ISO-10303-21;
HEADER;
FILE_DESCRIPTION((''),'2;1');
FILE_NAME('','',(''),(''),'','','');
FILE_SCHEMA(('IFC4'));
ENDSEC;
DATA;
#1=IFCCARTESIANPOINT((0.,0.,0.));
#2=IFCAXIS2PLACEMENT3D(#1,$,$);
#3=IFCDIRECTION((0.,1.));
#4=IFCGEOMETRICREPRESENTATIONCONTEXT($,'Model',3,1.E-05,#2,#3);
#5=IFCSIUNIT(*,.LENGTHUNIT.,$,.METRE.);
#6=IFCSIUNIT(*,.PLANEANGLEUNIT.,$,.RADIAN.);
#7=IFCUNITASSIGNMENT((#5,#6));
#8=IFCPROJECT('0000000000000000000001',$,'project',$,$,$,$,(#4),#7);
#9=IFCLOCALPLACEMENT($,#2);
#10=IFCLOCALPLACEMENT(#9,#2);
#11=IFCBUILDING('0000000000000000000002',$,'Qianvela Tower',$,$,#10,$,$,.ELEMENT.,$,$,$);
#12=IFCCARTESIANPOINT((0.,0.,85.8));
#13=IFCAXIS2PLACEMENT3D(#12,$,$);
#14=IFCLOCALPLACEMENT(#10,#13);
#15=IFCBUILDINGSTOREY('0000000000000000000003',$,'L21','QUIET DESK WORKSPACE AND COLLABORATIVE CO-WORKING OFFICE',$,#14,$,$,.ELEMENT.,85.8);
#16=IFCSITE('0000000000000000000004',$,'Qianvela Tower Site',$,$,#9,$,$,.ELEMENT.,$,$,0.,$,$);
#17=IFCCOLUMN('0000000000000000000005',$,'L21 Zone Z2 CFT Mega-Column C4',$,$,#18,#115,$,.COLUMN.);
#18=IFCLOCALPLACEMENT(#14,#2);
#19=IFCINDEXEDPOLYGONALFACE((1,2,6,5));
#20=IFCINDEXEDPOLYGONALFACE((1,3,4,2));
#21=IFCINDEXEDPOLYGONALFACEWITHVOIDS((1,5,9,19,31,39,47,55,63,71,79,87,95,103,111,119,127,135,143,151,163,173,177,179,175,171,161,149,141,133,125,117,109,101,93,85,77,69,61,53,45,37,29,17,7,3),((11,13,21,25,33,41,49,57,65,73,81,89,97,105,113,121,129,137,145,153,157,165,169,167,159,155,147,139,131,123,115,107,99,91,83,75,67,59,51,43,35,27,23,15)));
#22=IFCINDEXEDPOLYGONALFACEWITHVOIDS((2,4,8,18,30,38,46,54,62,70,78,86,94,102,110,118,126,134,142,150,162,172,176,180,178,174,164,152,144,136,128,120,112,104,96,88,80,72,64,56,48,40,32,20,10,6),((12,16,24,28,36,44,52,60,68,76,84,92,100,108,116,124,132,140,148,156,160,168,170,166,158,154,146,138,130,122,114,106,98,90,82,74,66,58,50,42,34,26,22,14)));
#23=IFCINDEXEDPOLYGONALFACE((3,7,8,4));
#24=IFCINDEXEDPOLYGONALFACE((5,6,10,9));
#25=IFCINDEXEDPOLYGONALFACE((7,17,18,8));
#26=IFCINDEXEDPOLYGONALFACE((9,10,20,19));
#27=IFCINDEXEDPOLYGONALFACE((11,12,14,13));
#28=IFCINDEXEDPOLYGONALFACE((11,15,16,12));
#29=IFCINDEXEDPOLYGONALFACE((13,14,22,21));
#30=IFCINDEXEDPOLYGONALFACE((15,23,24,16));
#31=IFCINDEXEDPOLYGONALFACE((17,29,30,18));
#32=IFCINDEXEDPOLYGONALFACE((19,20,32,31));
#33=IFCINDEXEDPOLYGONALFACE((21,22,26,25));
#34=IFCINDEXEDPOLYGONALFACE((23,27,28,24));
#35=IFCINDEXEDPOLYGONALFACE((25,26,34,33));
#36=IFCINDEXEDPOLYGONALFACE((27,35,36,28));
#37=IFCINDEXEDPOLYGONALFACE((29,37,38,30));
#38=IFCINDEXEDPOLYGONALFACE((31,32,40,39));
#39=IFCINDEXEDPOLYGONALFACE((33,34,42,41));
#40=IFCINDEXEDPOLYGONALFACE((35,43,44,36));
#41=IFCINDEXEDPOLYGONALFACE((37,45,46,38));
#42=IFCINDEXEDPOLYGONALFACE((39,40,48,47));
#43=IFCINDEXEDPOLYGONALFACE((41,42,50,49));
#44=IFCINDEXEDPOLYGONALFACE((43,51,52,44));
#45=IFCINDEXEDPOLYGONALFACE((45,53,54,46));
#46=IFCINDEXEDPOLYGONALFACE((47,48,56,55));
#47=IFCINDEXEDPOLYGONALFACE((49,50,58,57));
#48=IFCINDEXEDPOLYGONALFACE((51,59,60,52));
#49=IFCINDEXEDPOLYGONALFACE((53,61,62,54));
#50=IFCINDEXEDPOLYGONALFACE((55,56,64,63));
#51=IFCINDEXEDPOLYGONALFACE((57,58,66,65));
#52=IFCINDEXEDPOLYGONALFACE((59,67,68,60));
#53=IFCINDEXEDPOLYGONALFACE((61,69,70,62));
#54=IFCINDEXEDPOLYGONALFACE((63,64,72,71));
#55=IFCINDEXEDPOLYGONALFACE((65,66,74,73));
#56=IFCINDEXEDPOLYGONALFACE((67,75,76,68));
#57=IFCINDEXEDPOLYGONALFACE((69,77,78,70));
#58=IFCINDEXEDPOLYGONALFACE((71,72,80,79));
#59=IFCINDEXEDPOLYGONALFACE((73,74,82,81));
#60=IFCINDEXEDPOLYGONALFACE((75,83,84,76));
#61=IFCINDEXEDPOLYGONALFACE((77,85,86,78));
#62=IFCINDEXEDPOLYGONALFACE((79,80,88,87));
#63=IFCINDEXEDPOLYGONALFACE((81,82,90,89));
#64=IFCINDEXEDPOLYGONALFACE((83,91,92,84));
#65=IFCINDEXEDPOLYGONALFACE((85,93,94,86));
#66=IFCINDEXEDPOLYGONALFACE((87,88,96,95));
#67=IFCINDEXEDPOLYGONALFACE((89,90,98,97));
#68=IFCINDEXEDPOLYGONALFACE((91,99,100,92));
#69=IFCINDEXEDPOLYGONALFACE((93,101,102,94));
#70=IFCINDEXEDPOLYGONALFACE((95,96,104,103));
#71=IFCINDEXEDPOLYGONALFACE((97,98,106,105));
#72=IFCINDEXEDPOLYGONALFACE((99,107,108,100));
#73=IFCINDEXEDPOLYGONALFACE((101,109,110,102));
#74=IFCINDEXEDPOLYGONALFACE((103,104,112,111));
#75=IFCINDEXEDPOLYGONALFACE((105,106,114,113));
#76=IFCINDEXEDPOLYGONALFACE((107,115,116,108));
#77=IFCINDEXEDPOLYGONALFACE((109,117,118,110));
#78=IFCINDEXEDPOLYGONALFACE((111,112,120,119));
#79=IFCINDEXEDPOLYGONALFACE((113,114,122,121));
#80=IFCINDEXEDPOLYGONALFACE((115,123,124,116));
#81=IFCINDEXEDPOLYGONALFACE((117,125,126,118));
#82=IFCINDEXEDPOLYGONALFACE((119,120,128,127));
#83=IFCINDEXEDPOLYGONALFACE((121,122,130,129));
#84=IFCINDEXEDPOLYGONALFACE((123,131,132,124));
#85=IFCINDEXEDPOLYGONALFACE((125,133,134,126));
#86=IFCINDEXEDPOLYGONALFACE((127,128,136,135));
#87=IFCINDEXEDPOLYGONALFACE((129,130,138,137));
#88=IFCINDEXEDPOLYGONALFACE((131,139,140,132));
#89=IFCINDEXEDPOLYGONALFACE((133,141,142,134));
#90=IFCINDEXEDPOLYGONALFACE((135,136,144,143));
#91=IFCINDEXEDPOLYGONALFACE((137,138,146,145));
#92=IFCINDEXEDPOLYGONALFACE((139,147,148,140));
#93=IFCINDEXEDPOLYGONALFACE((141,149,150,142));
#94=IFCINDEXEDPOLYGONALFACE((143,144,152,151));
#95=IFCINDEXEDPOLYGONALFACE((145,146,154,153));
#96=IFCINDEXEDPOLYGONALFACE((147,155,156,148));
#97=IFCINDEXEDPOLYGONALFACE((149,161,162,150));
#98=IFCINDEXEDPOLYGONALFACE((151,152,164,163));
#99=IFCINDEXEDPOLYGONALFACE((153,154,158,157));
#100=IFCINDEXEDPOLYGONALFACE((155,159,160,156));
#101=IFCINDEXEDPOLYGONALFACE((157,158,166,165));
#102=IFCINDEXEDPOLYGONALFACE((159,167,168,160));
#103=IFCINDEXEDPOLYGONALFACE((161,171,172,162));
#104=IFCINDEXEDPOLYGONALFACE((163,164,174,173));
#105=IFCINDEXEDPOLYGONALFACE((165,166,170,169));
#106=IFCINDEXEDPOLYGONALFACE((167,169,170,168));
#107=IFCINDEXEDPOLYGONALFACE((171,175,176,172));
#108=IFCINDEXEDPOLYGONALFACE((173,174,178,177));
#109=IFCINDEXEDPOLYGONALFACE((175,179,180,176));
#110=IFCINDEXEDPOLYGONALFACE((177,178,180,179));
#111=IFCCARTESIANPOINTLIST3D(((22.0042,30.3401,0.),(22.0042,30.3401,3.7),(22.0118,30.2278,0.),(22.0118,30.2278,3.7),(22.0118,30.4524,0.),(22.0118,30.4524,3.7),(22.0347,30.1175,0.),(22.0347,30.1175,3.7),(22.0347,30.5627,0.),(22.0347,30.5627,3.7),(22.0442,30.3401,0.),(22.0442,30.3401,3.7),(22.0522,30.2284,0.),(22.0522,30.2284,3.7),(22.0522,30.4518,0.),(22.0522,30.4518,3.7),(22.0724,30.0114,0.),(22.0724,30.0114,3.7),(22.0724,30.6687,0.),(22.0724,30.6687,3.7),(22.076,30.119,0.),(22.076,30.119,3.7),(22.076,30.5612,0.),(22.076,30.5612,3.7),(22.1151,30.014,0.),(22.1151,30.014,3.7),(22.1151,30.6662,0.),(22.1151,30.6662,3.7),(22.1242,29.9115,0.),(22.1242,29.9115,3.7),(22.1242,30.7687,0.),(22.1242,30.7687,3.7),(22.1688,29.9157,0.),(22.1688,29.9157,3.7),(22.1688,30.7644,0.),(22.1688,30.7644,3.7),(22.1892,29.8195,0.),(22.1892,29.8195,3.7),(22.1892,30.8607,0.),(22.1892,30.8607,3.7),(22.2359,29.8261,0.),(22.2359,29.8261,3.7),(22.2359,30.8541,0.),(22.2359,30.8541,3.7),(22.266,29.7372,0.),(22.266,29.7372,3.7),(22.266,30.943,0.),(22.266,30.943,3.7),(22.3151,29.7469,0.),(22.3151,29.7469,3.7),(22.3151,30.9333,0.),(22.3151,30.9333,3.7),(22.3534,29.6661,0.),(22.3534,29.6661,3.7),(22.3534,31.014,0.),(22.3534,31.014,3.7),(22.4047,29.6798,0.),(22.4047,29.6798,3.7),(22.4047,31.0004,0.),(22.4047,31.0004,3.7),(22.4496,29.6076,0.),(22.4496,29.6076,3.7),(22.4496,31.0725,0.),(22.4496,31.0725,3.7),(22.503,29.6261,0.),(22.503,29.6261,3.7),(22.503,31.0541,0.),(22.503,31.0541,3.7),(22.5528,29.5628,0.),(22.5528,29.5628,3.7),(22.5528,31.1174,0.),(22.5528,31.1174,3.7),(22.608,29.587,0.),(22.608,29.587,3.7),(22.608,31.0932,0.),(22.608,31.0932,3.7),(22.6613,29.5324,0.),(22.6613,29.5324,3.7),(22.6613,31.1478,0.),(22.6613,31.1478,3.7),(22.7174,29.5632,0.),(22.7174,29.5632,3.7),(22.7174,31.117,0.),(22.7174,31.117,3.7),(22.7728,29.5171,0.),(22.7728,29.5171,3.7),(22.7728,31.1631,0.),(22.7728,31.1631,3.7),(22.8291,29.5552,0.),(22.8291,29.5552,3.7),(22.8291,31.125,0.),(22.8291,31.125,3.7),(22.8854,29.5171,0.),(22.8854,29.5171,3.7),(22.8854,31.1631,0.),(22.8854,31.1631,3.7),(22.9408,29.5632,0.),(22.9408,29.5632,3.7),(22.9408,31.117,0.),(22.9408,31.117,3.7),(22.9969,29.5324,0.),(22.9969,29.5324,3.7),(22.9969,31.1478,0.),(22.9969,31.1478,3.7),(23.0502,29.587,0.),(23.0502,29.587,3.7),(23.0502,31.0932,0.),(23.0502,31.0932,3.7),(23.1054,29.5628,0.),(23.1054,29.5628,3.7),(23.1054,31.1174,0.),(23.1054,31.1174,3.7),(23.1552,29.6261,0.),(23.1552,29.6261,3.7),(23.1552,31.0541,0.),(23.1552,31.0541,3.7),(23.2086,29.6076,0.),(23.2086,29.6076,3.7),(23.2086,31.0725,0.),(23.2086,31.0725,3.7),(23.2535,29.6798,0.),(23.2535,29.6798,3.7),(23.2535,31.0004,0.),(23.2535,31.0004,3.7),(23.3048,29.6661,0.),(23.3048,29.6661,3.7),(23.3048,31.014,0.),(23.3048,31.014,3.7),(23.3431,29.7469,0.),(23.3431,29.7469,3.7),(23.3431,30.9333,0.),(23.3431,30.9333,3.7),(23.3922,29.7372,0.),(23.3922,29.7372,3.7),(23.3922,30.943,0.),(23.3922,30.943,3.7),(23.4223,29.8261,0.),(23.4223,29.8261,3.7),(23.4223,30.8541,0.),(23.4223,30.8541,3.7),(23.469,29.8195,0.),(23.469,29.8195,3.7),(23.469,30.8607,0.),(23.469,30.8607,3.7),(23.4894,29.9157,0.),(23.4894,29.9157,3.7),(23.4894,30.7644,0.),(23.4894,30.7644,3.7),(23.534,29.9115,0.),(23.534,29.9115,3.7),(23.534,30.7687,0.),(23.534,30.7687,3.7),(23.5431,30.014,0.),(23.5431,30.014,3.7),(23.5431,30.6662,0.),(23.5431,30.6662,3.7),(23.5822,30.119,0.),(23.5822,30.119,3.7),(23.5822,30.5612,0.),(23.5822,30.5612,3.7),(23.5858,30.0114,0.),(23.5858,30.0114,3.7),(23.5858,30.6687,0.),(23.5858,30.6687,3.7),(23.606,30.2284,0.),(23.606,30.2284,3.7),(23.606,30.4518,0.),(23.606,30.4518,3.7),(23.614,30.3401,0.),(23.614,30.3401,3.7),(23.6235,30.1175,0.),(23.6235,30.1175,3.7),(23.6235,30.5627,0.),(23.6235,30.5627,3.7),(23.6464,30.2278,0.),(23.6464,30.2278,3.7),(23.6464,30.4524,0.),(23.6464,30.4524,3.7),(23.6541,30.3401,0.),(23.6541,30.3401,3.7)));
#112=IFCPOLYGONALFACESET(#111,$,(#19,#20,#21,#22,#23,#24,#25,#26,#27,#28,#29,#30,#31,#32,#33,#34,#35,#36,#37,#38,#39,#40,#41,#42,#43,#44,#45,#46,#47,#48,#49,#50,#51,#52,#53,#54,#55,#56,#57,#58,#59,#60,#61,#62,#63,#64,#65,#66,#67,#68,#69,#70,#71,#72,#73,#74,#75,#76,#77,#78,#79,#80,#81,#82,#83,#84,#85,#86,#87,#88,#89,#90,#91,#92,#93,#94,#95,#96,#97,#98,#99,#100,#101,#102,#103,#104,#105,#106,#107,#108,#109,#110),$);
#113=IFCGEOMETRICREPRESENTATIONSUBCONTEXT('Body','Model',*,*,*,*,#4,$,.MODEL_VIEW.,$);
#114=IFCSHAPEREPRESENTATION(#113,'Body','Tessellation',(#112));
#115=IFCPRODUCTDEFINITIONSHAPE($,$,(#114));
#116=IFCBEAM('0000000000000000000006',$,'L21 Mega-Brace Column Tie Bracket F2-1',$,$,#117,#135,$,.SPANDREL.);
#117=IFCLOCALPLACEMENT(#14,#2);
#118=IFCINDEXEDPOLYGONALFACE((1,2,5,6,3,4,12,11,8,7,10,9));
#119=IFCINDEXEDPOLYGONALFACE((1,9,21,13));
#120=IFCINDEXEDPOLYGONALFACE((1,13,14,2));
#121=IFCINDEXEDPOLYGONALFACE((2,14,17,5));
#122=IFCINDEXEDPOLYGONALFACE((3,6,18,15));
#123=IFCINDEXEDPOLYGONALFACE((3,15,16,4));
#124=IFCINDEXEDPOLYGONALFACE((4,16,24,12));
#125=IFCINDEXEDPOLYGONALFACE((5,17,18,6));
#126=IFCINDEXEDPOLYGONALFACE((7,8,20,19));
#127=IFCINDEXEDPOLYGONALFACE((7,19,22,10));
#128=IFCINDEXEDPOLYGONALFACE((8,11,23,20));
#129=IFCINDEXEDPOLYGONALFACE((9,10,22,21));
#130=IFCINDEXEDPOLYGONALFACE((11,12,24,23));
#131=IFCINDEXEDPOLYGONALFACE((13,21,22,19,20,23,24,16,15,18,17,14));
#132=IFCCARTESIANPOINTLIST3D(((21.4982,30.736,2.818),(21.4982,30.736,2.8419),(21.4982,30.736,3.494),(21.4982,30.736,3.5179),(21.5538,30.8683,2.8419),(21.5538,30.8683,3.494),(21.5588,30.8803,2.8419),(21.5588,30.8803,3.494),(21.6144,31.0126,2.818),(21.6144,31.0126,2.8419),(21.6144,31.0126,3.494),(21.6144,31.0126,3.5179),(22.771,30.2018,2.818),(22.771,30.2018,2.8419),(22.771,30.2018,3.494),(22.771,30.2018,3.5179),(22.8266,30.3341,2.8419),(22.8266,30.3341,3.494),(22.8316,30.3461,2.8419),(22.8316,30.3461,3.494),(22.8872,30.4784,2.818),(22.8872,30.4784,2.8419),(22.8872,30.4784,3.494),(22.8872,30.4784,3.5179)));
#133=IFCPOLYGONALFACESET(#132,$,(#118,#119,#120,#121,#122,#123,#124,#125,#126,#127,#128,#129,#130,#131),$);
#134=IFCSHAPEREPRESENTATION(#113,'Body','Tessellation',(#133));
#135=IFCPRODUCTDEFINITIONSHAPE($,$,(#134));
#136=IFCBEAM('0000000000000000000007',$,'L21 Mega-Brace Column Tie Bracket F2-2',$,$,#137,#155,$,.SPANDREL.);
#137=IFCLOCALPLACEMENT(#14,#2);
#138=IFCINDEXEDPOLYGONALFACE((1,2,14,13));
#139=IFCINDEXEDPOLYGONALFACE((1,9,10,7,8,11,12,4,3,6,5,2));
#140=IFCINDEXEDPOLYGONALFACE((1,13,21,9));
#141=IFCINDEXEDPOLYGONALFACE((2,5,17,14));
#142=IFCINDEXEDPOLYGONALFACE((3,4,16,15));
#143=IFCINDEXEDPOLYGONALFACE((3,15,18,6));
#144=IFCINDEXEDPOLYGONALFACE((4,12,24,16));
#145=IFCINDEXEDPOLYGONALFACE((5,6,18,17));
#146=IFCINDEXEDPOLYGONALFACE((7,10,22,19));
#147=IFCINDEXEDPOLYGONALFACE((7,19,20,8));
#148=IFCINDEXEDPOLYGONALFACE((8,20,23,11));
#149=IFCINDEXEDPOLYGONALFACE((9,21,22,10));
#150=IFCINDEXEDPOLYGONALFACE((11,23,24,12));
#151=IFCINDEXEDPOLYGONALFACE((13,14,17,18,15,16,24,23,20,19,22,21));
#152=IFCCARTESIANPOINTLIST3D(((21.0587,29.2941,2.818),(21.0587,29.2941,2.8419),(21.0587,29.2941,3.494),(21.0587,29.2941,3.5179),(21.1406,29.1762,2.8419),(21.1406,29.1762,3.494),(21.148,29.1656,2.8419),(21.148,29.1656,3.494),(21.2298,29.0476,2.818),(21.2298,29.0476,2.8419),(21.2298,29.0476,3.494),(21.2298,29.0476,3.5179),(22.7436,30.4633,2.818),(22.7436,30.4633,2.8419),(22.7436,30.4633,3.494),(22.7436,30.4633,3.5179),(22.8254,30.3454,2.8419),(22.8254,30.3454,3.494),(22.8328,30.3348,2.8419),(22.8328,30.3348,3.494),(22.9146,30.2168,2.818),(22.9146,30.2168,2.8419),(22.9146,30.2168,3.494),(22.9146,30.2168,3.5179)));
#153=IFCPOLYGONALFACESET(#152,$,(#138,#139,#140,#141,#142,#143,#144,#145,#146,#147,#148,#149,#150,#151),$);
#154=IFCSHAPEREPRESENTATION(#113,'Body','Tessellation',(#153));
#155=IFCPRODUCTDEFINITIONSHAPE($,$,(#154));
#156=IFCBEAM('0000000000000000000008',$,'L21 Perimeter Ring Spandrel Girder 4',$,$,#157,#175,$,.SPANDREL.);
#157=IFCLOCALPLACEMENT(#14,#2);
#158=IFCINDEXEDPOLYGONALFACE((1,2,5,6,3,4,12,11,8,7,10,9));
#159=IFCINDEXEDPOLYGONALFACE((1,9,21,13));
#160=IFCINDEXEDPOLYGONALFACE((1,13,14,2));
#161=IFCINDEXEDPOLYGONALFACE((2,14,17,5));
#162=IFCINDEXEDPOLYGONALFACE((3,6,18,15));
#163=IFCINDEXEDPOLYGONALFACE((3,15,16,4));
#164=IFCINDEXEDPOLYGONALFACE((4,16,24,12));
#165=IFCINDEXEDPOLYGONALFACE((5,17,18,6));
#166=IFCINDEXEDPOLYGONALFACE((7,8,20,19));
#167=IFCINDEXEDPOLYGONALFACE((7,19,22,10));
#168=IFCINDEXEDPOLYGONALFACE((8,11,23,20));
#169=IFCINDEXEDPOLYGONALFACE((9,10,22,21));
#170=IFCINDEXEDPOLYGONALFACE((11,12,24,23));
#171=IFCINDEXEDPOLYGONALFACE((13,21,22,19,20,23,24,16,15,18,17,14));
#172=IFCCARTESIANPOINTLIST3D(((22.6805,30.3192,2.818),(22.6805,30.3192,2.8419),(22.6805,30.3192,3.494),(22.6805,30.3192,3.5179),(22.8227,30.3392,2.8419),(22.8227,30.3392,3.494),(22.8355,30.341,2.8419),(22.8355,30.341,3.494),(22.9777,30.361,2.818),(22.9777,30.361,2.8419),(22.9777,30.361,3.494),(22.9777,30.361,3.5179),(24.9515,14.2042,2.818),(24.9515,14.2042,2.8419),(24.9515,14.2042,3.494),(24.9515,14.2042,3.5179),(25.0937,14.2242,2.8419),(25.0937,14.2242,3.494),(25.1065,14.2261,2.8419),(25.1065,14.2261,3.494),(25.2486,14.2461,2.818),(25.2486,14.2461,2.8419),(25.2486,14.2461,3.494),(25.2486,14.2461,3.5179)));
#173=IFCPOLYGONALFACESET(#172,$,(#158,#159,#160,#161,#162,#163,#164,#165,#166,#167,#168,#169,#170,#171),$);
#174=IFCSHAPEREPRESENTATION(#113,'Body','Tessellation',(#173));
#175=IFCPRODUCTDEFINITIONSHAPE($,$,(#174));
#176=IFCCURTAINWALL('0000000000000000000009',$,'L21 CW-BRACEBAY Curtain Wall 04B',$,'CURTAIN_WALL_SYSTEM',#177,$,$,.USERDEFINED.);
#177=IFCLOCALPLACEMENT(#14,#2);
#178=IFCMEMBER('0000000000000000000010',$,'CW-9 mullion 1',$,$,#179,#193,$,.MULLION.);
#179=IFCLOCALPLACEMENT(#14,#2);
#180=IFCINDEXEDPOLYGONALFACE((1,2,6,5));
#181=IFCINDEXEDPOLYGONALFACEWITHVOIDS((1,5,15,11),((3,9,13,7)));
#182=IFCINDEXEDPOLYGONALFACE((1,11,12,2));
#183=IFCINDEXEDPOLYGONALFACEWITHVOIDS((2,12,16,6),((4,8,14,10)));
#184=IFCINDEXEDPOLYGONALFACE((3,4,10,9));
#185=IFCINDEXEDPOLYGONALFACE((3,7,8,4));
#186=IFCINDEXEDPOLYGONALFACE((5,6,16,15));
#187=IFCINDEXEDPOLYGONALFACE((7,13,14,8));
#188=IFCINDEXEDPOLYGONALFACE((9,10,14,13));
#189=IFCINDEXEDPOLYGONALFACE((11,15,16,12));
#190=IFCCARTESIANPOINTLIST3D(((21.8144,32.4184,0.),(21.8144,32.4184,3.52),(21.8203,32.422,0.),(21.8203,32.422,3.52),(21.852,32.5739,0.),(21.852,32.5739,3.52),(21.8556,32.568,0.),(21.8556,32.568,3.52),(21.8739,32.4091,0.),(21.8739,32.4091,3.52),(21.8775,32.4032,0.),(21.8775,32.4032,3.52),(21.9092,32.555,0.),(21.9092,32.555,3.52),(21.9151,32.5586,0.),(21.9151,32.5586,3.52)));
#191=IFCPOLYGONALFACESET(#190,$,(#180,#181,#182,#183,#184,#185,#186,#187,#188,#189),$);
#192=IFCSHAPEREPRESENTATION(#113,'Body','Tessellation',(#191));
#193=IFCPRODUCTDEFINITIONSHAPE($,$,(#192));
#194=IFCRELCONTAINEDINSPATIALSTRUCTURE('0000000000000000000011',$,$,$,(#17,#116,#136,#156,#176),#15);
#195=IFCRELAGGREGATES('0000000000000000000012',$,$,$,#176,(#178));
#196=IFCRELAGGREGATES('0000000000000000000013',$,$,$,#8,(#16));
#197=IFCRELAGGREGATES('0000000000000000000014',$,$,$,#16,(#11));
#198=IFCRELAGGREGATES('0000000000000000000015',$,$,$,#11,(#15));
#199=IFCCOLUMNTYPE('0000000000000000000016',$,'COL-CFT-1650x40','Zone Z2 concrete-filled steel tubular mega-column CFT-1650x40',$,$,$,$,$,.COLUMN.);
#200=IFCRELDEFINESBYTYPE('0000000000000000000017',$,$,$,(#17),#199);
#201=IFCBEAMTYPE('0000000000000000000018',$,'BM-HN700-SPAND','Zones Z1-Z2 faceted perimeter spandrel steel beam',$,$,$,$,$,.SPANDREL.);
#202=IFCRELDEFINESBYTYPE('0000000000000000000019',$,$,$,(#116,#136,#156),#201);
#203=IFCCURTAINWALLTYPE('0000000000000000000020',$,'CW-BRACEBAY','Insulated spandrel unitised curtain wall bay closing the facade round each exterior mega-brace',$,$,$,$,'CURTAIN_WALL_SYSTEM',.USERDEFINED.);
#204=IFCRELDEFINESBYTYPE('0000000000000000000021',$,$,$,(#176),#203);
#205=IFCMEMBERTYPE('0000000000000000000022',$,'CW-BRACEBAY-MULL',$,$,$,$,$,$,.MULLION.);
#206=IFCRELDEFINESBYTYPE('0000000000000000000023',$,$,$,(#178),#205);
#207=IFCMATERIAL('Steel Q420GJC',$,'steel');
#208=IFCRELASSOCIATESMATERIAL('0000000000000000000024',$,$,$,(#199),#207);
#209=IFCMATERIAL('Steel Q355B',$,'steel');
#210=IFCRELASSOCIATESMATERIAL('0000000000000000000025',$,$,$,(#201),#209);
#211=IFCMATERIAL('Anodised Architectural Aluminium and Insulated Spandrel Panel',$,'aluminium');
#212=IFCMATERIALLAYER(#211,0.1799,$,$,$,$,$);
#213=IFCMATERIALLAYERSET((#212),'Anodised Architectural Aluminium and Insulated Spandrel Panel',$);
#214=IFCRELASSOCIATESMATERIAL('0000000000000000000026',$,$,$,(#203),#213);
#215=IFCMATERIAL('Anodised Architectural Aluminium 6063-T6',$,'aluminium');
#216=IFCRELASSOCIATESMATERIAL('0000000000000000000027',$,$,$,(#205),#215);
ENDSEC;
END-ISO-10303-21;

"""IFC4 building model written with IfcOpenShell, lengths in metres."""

from ifc_helpers import new_model, si_unit, direction, frame, origin, origin_2d, place, context, subcontext, project, spatial, hollow_rectangle, hollow_circle, i_section, extrude, material, layer, layer_set, material_profile, profile_set, type_object, element, aggregate, save


model = new_model("IFC4")

# Units and contexts
model_context = context("Model", 3, precision=1e-05, world=origin(), true_north=direction((0.0, 1.0)))
body_context = subcontext(model_context, "Body", "Model", "MODEL_VIEW")
ifc_project = project(units=[si_unit("LENGTHUNIT", "METRE"), si_unit("PLANEANGLEUNIT", "RADIAN")], contexts=[model_context])

# Site, building, storey
site_placement = place(None, origin())
site = spatial("IfcSite", under=ifc_project, at=site_placement, Name="Qianvela Tower Site", CompositionType="ELEMENT", RefElevation=0.0)
building_placement = place(site_placement, origin())
building = spatial("IfcBuilding", under=site, at=building_placement, Name="Qianvela Tower", CompositionType="ELEMENT")
storey_placement = place(building_placement, frame((0.0, 0.0, 85.8)))
storey = spatial("IfcBuildingStorey", under=building, at=storey_placement, Name="L21", Description="QUIET DESK WORKSPACE AND COLLABORATIVE CO-WORKING OFFICE", CompositionType="ELEMENT", Elevation=85.8)

# Column
ifc_material_1 = material(Name="Steel Q420GJC", Category="steel")
ifc_material_profile_1 = material_profile(ifc_material_1, hollow_circle(Radius=0.825, WallThickness=0.04, at=origin_2d()), Name="CFT-1650x40")
ifc_profile_set_1 = profile_set([ifc_material_profile_1], Name="Steel Q420GJC")
column_type = type_object("IfcColumnType", Name="COL-CFT-1650x40", Description="Zone Z2 concrete-filled steel tubular mega-column CFT-1650x40", PredefinedType="COLUMN", material=ifc_profile_set_1)
column_placement = place(storey_placement, frame((22.8291, 30.3401, 0.0), z_axis=(0.0, 0.0, 1.0), x_axis=(1.0, 0.0, 0.0)))
element("IfcColumn", 1, at=column_placement, inside=storey, type_object=column_type, Name="L21 Zone Z2 CFT Mega-Column C4", PredefinedType="COLUMN", context=body_context, shape_type="SweptSolid", body=[
    extrude(hollow_circle(Radius=0.825, WallThickness=0.04, at=origin_2d()), origin(), (0.0, 0.0, 1.0), 3.7),
])

# Beams
ifc_material_2 = material(Name="Steel Q355B", Category="steel")
ifc_material_profile_2 = material_profile(ifc_material_2, i_section(OverallWidth=0.3, OverallDepth=0.7, WebThickness=0.0129, FlangeThickness=0.0239, at=origin_2d()), Name="HN700x300x13x24")
ifc_profile_set_2 = profile_set([ifc_material_profile_2], Name="Steel Q355B")
beam_type = type_object("IfcBeamType", Name="BM-HN700-SPAND", Description="Zones Z1-Z2 faceted perimeter spandrel steel beam", PredefinedType="SPANDREL", material=ifc_profile_set_2)
beam_1_placement = place(storey_placement, frame((22.8291, 30.3401, 3.168), z_axis=(-0.922074, 0.387013, 0.0), x_axis=(-0.387013, -0.922074, 0.0)))
element("IfcBeam", 2, at=beam_1_placement, inside=storey, type_object=beam_type, Name="L21 Mega-Brace Column Tie Bracket F2-1", PredefinedType="SPANDREL", context=body_context, shape_type="SweptSolid", body=[
    extrude(i_section(OverallWidth=0.3, OverallDepth=0.7, WebThickness=0.0129, FlangeThickness=0.0239, at=origin_2d()), origin(), (0.0, 0.0, 1.0), 1.3804),
])
beam_2_placement = place(storey_placement, frame((22.8291, 30.3401, 3.168), z_axis=(-0.821557, -0.570126, 0.0), x_axis=(0.570126, -0.821557, 0.0)))
element("IfcBeam", 3, at=beam_2_placement, inside=storey, type_object=beam_type, Name="L21 Mega-Brace Column Tie Bracket F2-2", PredefinedType="SPANDREL", context=body_context, shape_type="SweptSolid", body=[
    extrude(i_section(OverallWidth=0.3, OverallDepth=0.7, WebThickness=0.0129, FlangeThickness=0.0239, at=origin_2d()), origin(), (0.0, 0.0, 1.0), 2.0508),
])
beam_3_placement = place(storey_placement, frame((22.8291, 30.3401, 3.168), z_axis=(0.139546, -0.990216, 0.0), x_axis=(0.990216, 0.139546, 0.0)))
element("IfcBeam", 4, at=beam_3_placement, inside=storey, type_object=beam_type, Name="L21 Perimeter Ring Spandrel Girder 4", PredefinedType="SPANDREL", context=body_context, shape_type="SweptSolid", body=[
    extrude(i_section(OverallWidth=0.3, OverallDepth=0.7, WebThickness=0.0129, FlangeThickness=0.0239, at=origin_2d()), origin(), (0.0, 0.0, 1.0), 16.2742),
])

# Curtain wall, member
ifc_material_3 = material(Name="Anodised Architectural Aluminium and Insulated Spandrel Panel", Category="aluminium")
ifc_layer_1 = layer(ifc_material_3, 0.1799)
ifc_layer_set_1 = layer_set([ifc_layer_1], Name="Anodised Architectural Aluminium and Insulated Spandrel Panel")
curtain_wall_type_1 = type_object("IfcCurtainWallType", Name="CW-BRACEBAY", Description="Insulated spandrel unitised curtain wall bay closing the facade round each exterior mega-brace", ElementType="CURTAIN_WALL_SYSTEM", PredefinedType="USERDEFINED", material=ifc_layer_set_1)
curtain_wall_1_placement = place(storey_placement, origin())
curtain_wall_1 = element("IfcCurtainWall", 5, at=curtain_wall_1_placement, inside=storey, type_object=curtain_wall_type_1, Name="L21 CW-BRACEBAY Curtain Wall 04B", ObjectType="CURTAIN_WALL_SYSTEM", PredefinedType="USERDEFINED")
ifc_material_4 = material(Name="Anodised Architectural Aluminium 6063-T6", Category="aluminium")
ifc_material_profile_3 = material_profile(ifc_material_4, hollow_rectangle(XDim=0.0649, YDim=0.1599, WallThickness=0.0049, at=origin_2d()), Name="ALU-MULL-65x160")
ifc_profile_set_3 = profile_set([ifc_material_profile_3], Name="Anodised Architectural Aluminium 6063-T6")
member_type_1 = type_object("IfcMemberType", Name="CW-BRACEBAY-MULL", PredefinedType="MULLION", material=ifc_profile_set_3)
member_1_placement = place(storey_placement, frame((21.8647, 32.4885, 0.0), z_axis=(0.0, 0.0, 1.0), x_axis=(0.971965, -0.235126, 0.0)))
member_1 = element("IfcMember", 6, at=member_1_placement, type_object=member_type_1, Name="CW-9 mullion 1", PredefinedType="MULLION", context=body_context, shape_type="SweptSolid", body=[
    extrude(hollow_rectangle(XDim=0.0649, YDim=0.1599, WallThickness=0.0049, at=origin_2d()), origin(), (0.0, 0.0, 1.0), 3.52),
])

aggregate(curtain_wall_1, [member_1])

save(model, "model.ifc")
